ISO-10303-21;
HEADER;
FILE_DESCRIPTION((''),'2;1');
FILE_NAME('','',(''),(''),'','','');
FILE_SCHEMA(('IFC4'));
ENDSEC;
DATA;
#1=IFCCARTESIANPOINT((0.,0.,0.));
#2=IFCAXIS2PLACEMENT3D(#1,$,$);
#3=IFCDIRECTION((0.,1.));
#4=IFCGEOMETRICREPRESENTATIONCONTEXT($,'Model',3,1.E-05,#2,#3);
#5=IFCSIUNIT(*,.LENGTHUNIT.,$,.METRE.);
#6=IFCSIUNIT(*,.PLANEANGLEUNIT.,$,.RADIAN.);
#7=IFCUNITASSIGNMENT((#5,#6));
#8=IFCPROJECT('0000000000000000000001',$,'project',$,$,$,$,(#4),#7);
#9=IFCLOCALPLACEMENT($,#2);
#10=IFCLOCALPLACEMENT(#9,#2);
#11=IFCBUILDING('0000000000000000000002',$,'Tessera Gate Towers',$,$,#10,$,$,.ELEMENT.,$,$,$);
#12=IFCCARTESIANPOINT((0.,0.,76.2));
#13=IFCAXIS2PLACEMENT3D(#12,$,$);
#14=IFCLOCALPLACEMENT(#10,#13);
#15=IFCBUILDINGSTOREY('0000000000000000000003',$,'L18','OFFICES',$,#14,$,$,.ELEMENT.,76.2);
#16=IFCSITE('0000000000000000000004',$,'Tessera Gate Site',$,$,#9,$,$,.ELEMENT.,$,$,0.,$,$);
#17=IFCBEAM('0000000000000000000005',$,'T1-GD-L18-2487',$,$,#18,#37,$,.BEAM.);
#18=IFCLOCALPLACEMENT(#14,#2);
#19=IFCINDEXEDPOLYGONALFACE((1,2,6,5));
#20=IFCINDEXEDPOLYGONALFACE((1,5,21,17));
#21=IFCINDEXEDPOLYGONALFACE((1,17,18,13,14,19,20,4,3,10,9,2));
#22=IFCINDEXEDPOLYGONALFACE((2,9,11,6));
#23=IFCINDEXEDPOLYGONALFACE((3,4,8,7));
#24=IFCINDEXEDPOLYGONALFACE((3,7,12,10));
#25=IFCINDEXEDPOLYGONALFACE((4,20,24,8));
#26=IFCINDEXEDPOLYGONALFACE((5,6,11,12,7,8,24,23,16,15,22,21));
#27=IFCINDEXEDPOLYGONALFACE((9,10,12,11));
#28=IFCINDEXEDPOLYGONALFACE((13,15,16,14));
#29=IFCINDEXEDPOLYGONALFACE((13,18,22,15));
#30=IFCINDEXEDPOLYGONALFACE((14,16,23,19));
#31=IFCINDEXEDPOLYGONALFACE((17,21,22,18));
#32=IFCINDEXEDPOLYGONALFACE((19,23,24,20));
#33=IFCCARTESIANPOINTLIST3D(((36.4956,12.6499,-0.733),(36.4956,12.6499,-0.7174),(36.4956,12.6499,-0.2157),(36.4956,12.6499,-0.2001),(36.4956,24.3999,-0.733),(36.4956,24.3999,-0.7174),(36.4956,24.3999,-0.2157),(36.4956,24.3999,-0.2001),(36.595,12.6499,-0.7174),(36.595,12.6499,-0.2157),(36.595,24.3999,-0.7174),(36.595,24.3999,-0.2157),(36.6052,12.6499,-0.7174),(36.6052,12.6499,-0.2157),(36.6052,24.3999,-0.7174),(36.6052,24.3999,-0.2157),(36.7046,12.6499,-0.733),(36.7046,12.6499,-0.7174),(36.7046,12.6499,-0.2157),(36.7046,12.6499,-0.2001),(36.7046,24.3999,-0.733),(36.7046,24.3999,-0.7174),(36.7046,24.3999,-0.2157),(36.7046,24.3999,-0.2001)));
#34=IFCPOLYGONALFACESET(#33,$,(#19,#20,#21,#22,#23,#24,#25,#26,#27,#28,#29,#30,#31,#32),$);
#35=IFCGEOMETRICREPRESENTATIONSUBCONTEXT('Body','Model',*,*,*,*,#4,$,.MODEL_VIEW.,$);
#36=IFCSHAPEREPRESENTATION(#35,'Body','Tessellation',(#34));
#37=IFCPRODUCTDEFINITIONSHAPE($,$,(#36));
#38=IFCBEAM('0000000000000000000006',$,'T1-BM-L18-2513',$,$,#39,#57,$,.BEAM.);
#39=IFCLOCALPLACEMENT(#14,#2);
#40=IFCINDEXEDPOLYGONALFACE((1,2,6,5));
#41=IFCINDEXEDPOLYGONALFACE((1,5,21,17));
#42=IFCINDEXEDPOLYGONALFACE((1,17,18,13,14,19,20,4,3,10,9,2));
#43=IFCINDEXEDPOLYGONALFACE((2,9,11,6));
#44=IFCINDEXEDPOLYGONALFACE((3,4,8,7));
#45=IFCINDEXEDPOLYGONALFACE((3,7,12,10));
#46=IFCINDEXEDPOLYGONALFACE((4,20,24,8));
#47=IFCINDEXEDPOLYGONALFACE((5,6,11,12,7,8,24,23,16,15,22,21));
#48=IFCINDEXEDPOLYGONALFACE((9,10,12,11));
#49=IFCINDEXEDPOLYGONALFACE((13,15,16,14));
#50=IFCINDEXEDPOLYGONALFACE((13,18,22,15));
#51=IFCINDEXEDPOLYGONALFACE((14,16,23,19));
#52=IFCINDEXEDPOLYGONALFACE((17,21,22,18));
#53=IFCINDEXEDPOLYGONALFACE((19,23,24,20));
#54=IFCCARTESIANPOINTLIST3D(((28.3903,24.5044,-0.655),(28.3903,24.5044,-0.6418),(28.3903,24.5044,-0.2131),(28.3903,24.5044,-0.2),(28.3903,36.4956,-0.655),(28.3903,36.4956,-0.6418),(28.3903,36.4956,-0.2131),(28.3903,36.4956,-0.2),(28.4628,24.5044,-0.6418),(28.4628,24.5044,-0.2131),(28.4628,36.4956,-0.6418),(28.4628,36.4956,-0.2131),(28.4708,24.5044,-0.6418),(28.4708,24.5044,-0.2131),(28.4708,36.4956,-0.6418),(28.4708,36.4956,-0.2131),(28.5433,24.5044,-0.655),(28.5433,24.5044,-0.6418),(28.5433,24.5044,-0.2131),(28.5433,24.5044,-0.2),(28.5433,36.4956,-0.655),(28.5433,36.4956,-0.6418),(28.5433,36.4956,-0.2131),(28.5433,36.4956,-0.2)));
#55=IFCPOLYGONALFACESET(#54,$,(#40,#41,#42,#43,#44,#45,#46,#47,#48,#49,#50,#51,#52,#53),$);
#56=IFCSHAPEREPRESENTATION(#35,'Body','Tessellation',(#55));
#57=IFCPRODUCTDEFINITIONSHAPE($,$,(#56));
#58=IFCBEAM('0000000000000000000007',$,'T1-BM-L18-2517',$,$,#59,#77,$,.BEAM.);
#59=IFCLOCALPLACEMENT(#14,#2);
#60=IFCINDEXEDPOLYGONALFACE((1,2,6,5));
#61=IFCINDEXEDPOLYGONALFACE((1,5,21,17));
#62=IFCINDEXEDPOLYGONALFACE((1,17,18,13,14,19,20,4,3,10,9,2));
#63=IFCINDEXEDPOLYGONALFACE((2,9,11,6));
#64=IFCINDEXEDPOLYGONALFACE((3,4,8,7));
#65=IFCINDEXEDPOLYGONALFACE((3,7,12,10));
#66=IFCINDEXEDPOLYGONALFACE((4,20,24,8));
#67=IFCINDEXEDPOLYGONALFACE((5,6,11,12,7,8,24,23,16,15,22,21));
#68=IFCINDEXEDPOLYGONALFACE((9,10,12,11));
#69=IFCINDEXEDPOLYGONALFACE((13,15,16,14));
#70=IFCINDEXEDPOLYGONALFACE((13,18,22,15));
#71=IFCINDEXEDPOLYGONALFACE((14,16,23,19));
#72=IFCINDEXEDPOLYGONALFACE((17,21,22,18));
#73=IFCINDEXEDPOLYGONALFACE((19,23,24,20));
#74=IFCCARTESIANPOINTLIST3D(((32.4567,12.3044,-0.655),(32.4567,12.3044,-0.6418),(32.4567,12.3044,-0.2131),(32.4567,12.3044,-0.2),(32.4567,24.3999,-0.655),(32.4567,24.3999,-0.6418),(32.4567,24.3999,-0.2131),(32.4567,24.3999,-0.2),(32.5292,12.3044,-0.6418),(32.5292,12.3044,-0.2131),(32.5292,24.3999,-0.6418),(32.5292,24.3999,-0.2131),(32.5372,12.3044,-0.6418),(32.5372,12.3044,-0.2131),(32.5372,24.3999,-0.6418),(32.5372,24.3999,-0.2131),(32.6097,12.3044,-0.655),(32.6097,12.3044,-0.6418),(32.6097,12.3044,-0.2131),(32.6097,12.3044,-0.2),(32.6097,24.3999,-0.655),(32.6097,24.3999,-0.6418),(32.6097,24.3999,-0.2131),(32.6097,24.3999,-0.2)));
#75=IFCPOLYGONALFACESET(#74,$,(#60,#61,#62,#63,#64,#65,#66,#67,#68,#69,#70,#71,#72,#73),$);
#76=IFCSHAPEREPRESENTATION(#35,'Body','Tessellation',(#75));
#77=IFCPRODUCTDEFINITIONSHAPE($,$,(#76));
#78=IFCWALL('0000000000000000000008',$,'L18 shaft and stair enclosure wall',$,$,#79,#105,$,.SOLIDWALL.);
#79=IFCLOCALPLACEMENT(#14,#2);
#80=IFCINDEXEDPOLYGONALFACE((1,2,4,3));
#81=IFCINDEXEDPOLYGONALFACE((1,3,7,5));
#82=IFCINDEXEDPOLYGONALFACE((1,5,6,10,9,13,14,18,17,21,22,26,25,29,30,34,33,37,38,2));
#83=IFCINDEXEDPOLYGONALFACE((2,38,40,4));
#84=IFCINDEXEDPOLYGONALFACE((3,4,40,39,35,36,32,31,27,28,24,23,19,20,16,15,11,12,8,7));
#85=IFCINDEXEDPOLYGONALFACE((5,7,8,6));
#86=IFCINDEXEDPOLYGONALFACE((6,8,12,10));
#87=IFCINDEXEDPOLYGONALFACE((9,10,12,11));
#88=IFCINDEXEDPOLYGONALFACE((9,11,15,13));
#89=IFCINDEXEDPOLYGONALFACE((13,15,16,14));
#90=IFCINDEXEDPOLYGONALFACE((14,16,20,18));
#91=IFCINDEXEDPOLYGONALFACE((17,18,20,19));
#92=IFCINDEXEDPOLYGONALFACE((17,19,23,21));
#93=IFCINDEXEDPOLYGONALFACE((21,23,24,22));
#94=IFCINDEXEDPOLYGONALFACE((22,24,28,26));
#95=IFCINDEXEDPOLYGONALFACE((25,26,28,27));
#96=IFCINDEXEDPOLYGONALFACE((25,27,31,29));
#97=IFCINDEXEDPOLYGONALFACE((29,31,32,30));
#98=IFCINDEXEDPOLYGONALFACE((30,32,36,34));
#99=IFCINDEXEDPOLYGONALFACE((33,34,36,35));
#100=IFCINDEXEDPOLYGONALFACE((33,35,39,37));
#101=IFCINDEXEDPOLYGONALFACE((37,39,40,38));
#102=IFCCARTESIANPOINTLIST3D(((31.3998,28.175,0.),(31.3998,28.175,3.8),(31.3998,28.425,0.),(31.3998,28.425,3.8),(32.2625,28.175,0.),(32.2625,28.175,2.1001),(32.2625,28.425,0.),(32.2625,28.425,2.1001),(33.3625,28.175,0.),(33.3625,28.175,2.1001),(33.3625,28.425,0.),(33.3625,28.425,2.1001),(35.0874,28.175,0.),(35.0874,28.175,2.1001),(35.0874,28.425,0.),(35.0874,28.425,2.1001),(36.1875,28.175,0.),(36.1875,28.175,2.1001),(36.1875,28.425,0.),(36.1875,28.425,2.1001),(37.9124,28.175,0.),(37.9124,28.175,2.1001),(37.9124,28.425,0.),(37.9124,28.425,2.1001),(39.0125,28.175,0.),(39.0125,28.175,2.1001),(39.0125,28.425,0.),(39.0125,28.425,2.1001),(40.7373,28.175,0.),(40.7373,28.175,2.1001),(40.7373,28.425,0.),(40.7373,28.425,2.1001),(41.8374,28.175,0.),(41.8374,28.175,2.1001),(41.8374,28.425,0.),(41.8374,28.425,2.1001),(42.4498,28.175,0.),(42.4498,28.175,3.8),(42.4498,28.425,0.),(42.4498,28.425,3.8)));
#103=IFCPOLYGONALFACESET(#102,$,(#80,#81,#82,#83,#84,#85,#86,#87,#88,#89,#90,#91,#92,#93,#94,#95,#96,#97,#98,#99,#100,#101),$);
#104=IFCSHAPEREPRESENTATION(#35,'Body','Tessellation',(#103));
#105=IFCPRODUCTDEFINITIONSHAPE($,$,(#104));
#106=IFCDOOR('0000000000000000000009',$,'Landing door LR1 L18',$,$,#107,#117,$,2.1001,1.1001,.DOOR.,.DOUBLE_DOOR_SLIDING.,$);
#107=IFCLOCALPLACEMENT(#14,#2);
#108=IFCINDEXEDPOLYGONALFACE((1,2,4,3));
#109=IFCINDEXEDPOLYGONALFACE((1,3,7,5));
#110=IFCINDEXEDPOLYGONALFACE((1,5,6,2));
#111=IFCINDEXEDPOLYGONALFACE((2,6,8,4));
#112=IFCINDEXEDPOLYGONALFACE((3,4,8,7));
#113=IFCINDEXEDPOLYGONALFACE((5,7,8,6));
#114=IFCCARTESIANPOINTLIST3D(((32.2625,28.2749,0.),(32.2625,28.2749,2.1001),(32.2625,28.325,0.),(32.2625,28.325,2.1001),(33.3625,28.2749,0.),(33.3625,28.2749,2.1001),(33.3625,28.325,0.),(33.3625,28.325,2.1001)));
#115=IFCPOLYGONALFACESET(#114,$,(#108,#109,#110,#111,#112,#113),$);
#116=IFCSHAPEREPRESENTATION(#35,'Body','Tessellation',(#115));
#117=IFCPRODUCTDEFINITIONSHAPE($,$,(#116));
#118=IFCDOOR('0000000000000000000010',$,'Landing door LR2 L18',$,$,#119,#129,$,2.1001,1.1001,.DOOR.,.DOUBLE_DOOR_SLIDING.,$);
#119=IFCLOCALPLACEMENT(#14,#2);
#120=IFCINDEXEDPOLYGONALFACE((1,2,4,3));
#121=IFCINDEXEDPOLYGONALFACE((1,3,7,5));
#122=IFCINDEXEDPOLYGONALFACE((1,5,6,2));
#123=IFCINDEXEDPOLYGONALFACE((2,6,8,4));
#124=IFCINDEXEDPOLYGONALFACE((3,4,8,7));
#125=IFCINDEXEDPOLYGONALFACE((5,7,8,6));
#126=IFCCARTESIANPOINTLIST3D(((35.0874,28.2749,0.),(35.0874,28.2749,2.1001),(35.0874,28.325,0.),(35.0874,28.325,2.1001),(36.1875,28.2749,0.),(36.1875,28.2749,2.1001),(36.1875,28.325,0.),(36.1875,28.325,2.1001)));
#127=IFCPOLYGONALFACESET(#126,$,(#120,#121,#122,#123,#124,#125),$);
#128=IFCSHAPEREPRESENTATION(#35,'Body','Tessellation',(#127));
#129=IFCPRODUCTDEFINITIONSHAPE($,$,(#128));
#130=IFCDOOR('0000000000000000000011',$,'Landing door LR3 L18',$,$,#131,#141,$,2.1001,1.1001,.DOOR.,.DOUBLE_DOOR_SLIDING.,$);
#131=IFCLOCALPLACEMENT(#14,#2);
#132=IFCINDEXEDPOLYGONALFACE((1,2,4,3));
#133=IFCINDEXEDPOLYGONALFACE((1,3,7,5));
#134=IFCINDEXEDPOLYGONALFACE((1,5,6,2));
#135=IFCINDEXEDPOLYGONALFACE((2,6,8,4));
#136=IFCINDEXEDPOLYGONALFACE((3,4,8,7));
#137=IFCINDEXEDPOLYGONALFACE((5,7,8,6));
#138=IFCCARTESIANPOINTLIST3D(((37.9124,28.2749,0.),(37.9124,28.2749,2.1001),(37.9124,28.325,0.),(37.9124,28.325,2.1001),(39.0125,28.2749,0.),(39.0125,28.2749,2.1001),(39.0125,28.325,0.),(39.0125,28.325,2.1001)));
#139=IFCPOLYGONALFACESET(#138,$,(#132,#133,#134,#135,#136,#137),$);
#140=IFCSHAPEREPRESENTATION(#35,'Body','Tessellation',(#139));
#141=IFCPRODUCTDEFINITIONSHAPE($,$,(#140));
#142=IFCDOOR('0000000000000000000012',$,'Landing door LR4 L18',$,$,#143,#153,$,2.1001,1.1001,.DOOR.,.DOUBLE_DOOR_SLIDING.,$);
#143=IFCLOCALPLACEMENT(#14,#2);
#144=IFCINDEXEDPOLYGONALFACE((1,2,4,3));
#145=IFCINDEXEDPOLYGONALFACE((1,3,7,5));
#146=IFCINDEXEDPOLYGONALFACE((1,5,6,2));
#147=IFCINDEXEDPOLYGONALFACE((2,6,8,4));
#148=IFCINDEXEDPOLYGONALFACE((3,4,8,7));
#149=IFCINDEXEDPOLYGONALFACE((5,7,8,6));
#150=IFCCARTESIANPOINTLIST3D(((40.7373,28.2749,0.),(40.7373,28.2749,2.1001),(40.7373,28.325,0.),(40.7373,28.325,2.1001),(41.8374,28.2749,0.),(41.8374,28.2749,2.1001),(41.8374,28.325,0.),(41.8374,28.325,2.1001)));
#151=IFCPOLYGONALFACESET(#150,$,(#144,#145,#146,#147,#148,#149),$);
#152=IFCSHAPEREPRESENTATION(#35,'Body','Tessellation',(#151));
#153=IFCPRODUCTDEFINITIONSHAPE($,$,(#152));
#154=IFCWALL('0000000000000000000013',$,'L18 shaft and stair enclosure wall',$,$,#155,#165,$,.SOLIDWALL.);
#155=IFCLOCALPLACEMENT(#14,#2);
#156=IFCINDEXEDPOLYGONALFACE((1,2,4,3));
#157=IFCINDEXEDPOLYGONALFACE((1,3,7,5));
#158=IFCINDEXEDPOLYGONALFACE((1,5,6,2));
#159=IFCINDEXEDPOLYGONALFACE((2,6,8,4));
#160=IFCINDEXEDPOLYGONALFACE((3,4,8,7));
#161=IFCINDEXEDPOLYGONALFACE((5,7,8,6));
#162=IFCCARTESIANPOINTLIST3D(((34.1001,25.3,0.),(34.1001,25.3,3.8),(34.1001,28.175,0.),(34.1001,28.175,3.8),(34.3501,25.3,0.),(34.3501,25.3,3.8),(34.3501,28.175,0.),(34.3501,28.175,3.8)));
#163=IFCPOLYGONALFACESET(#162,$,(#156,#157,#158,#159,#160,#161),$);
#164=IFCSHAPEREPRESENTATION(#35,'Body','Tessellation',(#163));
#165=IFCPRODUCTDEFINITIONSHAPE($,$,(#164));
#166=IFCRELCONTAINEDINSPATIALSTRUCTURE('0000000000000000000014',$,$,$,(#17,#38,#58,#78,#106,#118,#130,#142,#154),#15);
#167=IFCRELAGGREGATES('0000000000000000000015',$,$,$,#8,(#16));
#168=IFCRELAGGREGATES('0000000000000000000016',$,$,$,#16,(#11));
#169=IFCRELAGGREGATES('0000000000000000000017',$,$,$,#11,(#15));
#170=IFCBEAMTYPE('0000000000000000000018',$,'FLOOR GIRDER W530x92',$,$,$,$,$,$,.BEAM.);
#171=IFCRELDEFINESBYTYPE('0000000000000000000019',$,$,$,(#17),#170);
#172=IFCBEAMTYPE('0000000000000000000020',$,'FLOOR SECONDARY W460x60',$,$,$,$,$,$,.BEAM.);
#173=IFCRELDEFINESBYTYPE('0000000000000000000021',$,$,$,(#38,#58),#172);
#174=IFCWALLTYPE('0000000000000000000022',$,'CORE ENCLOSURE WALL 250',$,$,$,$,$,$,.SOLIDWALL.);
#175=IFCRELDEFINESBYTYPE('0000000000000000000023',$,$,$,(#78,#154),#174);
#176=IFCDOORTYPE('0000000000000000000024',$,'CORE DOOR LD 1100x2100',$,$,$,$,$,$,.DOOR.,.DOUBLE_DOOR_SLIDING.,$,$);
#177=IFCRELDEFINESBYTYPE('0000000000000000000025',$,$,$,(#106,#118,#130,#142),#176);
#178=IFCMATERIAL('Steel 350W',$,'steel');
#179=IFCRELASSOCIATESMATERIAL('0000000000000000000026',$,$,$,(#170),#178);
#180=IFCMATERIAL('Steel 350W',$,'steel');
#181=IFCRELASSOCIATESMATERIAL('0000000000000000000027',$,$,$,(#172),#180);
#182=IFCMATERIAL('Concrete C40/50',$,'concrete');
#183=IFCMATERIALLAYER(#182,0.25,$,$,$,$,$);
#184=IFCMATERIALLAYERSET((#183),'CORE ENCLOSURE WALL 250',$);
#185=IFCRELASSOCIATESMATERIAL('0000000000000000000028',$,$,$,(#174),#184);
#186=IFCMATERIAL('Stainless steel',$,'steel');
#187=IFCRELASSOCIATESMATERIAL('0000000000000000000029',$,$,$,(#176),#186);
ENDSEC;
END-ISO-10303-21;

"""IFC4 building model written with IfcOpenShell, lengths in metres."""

from ifc_helpers import new_model, si_unit, direction, frame, frame_2d, origin, origin_2d, place, context, subcontext, project, spatial, rectangle, i_section, extrude, source, transform, mapped, material, layer, layer_set, material_profile, profile_set, type_object, element, fill, save


model = new_model("IFC4")

# Units and contexts
model_context = context("Model", 3, precision=1e-05, world=origin(), true_north=direction((0.0, 1.0)))
body_context = subcontext(model_context, "Body", "Model", "MODEL_VIEW")
ifc_project = project(units=[si_unit("LENGTHUNIT", "METRE"), si_unit("PLANEANGLEUNIT", "RADIAN")], contexts=[model_context])

# Site, building, storey
site_placement = place(None, origin())
site = spatial("IfcSite", under=ifc_project, at=site_placement, Name="Tessera Gate Site", CompositionType="ELEMENT", RefElevation=0.0)
building_placement = place(site_placement, origin())
building = spatial("IfcBuilding", under=site, at=building_placement, Name="Tessera Gate Towers", CompositionType="ELEMENT")
storey_placement = place(building_placement, frame((0.0, 0.0, 76.2)))
storey = spatial("IfcBuildingStorey", under=building, at=storey_placement, Name="L18", Description="OFFICES", CompositionType="ELEMENT", Elevation=76.2)

# Beams
ifc_material_1 = material(Name="Steel 350W", Category="steel")
ifc_material_profile_1 = material_profile(ifc_material_1, i_section(OverallWidth=0.209, OverallDepth=0.533, WebThickness=0.0103, FlangeThickness=0.0156, at=origin_2d()), Name="W530x92")
ifc_profile_set_1 = profile_set([ifc_material_profile_1], Name="Steel 350W")
beam_type_1 = type_object("IfcBeamType", Name="FLOOR GIRDER W530x92", PredefinedType="BEAM", material=ifc_profile_set_1)
beam_1_placement = place(storey_placement, frame((36.6001, 12.6499, -0.4666), z_axis=(0.0, 1.0, 0.0), x_axis=(-1.0, 0.0, 0.0)))
element("IfcBeam", 1, at=beam_1_placement, inside=storey, type_object=beam_type_1, Name="T1-GD-L18-2487", PredefinedType="BEAM", context=body_context, shape_type="SweptSolid", body=[
    extrude(i_section(OverallWidth=0.209, OverallDepth=0.533, WebThickness=0.0103, FlangeThickness=0.0156, at=origin_2d()), origin(), (0.0, 0.0, 1.0), 11.75),
])
ifc_material_2 = material(Name="Steel 350W", Category="steel")
ifc_material_profile_2 = material_profile(ifc_material_2, i_section(OverallWidth=0.1531, OverallDepth=0.4551, WebThickness=0.0081, FlangeThickness=0.0132, at=origin_2d()), Name="W460x60")
ifc_profile_set_2 = profile_set([ifc_material_profile_2], Name="Steel 350W")
beam_type_2 = type_object("IfcBeamType", Name="FLOOR SECONDARY W460x60", PredefinedType="BEAM", material=ifc_profile_set_2)
beam_2_placement = place(storey_placement, frame((28.4668, 24.5044, -0.4275), z_axis=(0.0, 1.0, 0.0), x_axis=(-1.0, 0.0, 0.0)))
element("IfcBeam", 2, at=beam_2_placement, inside=storey, type_object=beam_type_2, Name="T1-BM-L18-2513", PredefinedType="BEAM", context=body_context, shape_type="SweptSolid", body=[
    extrude(i_section(OverallWidth=0.1531, OverallDepth=0.4551, WebThickness=0.0081, FlangeThickness=0.0132, at=origin_2d()), origin(), (0.0, 0.0, 1.0), 11.9912),
])
beam_3_placement = place(storey_placement, frame((32.5332, 12.3044, -0.4275), z_axis=(0.0, 1.0, 0.0), x_axis=(-1.0, 0.0, 0.0)))
element("IfcBeam", 3, at=beam_3_placement, inside=storey, type_object=beam_type_2, Name="T1-BM-L18-2517", PredefinedType="BEAM", context=body_context, shape_type="SweptSolid", body=[
    extrude(i_section(OverallWidth=0.1531, OverallDepth=0.4551, WebThickness=0.0081, FlangeThickness=0.0132, at=origin_2d()), origin(), (0.0, 0.0, 1.0), 12.0955),
])

# Wall, openings, doors
ifc_material_3 = material(Name="Concrete C40/50", Category="concrete")
ifc_layer_1 = layer(ifc_material_3, 0.25)
ifc_layer_set_1 = layer_set([ifc_layer_1], Name="CORE ENCLOSURE WALL 250")
wall_type_1 = type_object("IfcWallType", Name="CORE ENCLOSURE WALL 250", PredefinedType="SOLIDWALL", material=ifc_layer_set_1)
wall_1_placement = place(storey_placement, frame((31.3999, 28.3, 0.0), z_axis=(0.0, 0.0, 1.0), x_axis=(1.0, 0.0, 0.0)))
wall_1 = element("IfcWall", 4, at=wall_1_placement, inside=storey, type_object=wall_type_1, Name="L18 shaft and stair enclosure wall", PredefinedType="SOLIDWALL", context=body_context, shape_type="SweptSolid", body=[
    extrude(rectangle(XDim=11.05, YDim=0.25, at=frame_2d((5.5249, 0.0))), origin(), (0.0, 0.0, 1.0), 3.8),
])
shared_shape_1 = source(origin(), body_context, "Body", "SweptSolid", [
    extrude(rectangle(XDim=1.1001, YDim=2.1001, at=frame_2d((0.55, 1.05))), frame((0.0, 0.135, 0.0), z_axis=(0.0, -1.0, 0.0), x_axis=(1.0, 0.0, 0.0)), (0.0, 0.0, 1.0), 0.27),
])
opening_1_placement = place(wall_1_placement, frame((0.8625, 0.0, 0.0)))
opening_1 = element("IfcOpeningElement", 5, at=opening_1_placement, cuts=wall_1, PredefinedType="OPENING", context=body_context, shape_type="MappedRepresentation", body=[
    mapped(shared_shape_1, transform((0.0, 0.0, 0.0), scale=1.0)),
])
opening_2_placement = place(wall_1_placement, frame((3.6875, 0.0, 0.0)))
opening_2 = element("IfcOpeningElement", 6, at=opening_2_placement, cuts=wall_1, PredefinedType="OPENING", context=body_context, shape_type="MappedRepresentation", body=[
    mapped(shared_shape_1, transform((0.0, 0.0, 0.0), scale=1.0)),
])
opening_3_placement = place(wall_1_placement, frame((6.5125, 0.0, 0.0)))
opening_3 = element("IfcOpeningElement", 7, at=opening_3_placement, cuts=wall_1, PredefinedType="OPENING", context=body_context, shape_type="MappedRepresentation", body=[
    mapped(shared_shape_1, transform((0.0, 0.0, 0.0), scale=1.0)),
])
opening_4_placement = place(wall_1_placement, frame((9.3374, 0.0, 0.0)))
opening_4 = element("IfcOpeningElement", 8, at=opening_4_placement, cuts=wall_1, PredefinedType="OPENING", context=body_context, shape_type="MappedRepresentation", body=[
    mapped(shared_shape_1, transform((0.0, 0.0, 0.0), scale=1.0)),
])
ifc_material_4 = material(Name="Stainless steel", Category="steel")
door_type_1 = type_object("IfcDoorType", Name="CORE DOOR LD 1100x2100", OperationType="DOUBLE_DOOR_SLIDING", PredefinedType="DOOR", material=ifc_material_4)
shared_shape_2 = source(origin(), body_context, "Body", "SweptSolid", [
    extrude(rectangle(XDim=1.1001, YDim=2.1001, at=frame_2d((0.55, 1.05))), frame((0.0, 0.0249, 0.0), z_axis=(0.0, -1.0, 0.0), x_axis=(1.0, 0.0, 0.0)), (0.0, 0.0, 1.0), 0.05),
])
door_1_placement = place(opening_1_placement, origin())
door_1 = element("IfcDoor", 9, at=door_1_placement, inside=storey, type_object=door_type_1, Name="Landing door LR1 L18", OperationType="DOUBLE_DOOR_SLIDING", OverallHeight=2.1001, OverallWidth=1.1001, PredefinedType="DOOR", context=body_context, shape_type="MappedRepresentation", body=[
    mapped(shared_shape_2, transform((0.0, 0.0, 0.0), scale=1.0)),
])
fill(opening_1, door_1)
door_2_placement = place(opening_2_placement, origin())
door_2 = element("IfcDoor", 10, at=door_2_placement, inside=storey, type_object=door_type_1, Name="Landing door LR2 L18", OperationType="DOUBLE_DOOR_SLIDING", OverallHeight=2.1001, OverallWidth=1.1001, PredefinedType="DOOR", context=body_context, shape_type="MappedRepresentation", body=[
    mapped(shared_shape_2, transform((0.0, 0.0, 0.0), scale=1.0)),
])
fill(opening_2, door_2)
door_3_placement = place(opening_3_placement, origin())
door_3 = element("IfcDoor", 11, at=door_3_placement, inside=storey, type_object=door_type_1, Name="Landing door LR3 L18", OperationType="DOUBLE_DOOR_SLIDING", OverallHeight=2.1001, OverallWidth=1.1001, PredefinedType="DOOR", context=body_context, shape_type="MappedRepresentation", body=[
    mapped(shared_shape_2, transform((0.0, 0.0, 0.0), scale=1.0)),
])
fill(opening_3, door_3)
door_4_placement = place(opening_4_placement, origin())
door_4 = element("IfcDoor", 12, at=door_4_placement, inside=storey, type_object=door_type_1, Name="Landing door LR4 L18", OperationType="DOUBLE_DOOR_SLIDING", OverallHeight=2.1001, OverallWidth=1.1001, PredefinedType="DOOR", context=body_context, shape_type="MappedRepresentation", body=[
    mapped(shared_shape_2, transform((0.0, 0.0, 0.0), scale=1.0)),
])
fill(opening_4, door_4)

# Wall
wall_2_placement = place(storey_placement, frame((34.2251, 25.3, 0.0), z_axis=(0.0, 0.0, 1.0), x_axis=(0.0, 1.0, 0.0)))
element("IfcWall", 13, at=wall_2_placement, inside=storey, type_object=wall_type_1, Name="L18 shaft and stair enclosure wall", PredefinedType="SOLIDWALL", context=body_context, shape_type="SweptSolid", body=[
    extrude(rectangle(XDim=2.875, YDim=0.25, at=frame_2d((1.4375, 0.0))), origin(), (0.0, 0.0, 1.0), 3.8),
])

save(model, "model.ifc")
